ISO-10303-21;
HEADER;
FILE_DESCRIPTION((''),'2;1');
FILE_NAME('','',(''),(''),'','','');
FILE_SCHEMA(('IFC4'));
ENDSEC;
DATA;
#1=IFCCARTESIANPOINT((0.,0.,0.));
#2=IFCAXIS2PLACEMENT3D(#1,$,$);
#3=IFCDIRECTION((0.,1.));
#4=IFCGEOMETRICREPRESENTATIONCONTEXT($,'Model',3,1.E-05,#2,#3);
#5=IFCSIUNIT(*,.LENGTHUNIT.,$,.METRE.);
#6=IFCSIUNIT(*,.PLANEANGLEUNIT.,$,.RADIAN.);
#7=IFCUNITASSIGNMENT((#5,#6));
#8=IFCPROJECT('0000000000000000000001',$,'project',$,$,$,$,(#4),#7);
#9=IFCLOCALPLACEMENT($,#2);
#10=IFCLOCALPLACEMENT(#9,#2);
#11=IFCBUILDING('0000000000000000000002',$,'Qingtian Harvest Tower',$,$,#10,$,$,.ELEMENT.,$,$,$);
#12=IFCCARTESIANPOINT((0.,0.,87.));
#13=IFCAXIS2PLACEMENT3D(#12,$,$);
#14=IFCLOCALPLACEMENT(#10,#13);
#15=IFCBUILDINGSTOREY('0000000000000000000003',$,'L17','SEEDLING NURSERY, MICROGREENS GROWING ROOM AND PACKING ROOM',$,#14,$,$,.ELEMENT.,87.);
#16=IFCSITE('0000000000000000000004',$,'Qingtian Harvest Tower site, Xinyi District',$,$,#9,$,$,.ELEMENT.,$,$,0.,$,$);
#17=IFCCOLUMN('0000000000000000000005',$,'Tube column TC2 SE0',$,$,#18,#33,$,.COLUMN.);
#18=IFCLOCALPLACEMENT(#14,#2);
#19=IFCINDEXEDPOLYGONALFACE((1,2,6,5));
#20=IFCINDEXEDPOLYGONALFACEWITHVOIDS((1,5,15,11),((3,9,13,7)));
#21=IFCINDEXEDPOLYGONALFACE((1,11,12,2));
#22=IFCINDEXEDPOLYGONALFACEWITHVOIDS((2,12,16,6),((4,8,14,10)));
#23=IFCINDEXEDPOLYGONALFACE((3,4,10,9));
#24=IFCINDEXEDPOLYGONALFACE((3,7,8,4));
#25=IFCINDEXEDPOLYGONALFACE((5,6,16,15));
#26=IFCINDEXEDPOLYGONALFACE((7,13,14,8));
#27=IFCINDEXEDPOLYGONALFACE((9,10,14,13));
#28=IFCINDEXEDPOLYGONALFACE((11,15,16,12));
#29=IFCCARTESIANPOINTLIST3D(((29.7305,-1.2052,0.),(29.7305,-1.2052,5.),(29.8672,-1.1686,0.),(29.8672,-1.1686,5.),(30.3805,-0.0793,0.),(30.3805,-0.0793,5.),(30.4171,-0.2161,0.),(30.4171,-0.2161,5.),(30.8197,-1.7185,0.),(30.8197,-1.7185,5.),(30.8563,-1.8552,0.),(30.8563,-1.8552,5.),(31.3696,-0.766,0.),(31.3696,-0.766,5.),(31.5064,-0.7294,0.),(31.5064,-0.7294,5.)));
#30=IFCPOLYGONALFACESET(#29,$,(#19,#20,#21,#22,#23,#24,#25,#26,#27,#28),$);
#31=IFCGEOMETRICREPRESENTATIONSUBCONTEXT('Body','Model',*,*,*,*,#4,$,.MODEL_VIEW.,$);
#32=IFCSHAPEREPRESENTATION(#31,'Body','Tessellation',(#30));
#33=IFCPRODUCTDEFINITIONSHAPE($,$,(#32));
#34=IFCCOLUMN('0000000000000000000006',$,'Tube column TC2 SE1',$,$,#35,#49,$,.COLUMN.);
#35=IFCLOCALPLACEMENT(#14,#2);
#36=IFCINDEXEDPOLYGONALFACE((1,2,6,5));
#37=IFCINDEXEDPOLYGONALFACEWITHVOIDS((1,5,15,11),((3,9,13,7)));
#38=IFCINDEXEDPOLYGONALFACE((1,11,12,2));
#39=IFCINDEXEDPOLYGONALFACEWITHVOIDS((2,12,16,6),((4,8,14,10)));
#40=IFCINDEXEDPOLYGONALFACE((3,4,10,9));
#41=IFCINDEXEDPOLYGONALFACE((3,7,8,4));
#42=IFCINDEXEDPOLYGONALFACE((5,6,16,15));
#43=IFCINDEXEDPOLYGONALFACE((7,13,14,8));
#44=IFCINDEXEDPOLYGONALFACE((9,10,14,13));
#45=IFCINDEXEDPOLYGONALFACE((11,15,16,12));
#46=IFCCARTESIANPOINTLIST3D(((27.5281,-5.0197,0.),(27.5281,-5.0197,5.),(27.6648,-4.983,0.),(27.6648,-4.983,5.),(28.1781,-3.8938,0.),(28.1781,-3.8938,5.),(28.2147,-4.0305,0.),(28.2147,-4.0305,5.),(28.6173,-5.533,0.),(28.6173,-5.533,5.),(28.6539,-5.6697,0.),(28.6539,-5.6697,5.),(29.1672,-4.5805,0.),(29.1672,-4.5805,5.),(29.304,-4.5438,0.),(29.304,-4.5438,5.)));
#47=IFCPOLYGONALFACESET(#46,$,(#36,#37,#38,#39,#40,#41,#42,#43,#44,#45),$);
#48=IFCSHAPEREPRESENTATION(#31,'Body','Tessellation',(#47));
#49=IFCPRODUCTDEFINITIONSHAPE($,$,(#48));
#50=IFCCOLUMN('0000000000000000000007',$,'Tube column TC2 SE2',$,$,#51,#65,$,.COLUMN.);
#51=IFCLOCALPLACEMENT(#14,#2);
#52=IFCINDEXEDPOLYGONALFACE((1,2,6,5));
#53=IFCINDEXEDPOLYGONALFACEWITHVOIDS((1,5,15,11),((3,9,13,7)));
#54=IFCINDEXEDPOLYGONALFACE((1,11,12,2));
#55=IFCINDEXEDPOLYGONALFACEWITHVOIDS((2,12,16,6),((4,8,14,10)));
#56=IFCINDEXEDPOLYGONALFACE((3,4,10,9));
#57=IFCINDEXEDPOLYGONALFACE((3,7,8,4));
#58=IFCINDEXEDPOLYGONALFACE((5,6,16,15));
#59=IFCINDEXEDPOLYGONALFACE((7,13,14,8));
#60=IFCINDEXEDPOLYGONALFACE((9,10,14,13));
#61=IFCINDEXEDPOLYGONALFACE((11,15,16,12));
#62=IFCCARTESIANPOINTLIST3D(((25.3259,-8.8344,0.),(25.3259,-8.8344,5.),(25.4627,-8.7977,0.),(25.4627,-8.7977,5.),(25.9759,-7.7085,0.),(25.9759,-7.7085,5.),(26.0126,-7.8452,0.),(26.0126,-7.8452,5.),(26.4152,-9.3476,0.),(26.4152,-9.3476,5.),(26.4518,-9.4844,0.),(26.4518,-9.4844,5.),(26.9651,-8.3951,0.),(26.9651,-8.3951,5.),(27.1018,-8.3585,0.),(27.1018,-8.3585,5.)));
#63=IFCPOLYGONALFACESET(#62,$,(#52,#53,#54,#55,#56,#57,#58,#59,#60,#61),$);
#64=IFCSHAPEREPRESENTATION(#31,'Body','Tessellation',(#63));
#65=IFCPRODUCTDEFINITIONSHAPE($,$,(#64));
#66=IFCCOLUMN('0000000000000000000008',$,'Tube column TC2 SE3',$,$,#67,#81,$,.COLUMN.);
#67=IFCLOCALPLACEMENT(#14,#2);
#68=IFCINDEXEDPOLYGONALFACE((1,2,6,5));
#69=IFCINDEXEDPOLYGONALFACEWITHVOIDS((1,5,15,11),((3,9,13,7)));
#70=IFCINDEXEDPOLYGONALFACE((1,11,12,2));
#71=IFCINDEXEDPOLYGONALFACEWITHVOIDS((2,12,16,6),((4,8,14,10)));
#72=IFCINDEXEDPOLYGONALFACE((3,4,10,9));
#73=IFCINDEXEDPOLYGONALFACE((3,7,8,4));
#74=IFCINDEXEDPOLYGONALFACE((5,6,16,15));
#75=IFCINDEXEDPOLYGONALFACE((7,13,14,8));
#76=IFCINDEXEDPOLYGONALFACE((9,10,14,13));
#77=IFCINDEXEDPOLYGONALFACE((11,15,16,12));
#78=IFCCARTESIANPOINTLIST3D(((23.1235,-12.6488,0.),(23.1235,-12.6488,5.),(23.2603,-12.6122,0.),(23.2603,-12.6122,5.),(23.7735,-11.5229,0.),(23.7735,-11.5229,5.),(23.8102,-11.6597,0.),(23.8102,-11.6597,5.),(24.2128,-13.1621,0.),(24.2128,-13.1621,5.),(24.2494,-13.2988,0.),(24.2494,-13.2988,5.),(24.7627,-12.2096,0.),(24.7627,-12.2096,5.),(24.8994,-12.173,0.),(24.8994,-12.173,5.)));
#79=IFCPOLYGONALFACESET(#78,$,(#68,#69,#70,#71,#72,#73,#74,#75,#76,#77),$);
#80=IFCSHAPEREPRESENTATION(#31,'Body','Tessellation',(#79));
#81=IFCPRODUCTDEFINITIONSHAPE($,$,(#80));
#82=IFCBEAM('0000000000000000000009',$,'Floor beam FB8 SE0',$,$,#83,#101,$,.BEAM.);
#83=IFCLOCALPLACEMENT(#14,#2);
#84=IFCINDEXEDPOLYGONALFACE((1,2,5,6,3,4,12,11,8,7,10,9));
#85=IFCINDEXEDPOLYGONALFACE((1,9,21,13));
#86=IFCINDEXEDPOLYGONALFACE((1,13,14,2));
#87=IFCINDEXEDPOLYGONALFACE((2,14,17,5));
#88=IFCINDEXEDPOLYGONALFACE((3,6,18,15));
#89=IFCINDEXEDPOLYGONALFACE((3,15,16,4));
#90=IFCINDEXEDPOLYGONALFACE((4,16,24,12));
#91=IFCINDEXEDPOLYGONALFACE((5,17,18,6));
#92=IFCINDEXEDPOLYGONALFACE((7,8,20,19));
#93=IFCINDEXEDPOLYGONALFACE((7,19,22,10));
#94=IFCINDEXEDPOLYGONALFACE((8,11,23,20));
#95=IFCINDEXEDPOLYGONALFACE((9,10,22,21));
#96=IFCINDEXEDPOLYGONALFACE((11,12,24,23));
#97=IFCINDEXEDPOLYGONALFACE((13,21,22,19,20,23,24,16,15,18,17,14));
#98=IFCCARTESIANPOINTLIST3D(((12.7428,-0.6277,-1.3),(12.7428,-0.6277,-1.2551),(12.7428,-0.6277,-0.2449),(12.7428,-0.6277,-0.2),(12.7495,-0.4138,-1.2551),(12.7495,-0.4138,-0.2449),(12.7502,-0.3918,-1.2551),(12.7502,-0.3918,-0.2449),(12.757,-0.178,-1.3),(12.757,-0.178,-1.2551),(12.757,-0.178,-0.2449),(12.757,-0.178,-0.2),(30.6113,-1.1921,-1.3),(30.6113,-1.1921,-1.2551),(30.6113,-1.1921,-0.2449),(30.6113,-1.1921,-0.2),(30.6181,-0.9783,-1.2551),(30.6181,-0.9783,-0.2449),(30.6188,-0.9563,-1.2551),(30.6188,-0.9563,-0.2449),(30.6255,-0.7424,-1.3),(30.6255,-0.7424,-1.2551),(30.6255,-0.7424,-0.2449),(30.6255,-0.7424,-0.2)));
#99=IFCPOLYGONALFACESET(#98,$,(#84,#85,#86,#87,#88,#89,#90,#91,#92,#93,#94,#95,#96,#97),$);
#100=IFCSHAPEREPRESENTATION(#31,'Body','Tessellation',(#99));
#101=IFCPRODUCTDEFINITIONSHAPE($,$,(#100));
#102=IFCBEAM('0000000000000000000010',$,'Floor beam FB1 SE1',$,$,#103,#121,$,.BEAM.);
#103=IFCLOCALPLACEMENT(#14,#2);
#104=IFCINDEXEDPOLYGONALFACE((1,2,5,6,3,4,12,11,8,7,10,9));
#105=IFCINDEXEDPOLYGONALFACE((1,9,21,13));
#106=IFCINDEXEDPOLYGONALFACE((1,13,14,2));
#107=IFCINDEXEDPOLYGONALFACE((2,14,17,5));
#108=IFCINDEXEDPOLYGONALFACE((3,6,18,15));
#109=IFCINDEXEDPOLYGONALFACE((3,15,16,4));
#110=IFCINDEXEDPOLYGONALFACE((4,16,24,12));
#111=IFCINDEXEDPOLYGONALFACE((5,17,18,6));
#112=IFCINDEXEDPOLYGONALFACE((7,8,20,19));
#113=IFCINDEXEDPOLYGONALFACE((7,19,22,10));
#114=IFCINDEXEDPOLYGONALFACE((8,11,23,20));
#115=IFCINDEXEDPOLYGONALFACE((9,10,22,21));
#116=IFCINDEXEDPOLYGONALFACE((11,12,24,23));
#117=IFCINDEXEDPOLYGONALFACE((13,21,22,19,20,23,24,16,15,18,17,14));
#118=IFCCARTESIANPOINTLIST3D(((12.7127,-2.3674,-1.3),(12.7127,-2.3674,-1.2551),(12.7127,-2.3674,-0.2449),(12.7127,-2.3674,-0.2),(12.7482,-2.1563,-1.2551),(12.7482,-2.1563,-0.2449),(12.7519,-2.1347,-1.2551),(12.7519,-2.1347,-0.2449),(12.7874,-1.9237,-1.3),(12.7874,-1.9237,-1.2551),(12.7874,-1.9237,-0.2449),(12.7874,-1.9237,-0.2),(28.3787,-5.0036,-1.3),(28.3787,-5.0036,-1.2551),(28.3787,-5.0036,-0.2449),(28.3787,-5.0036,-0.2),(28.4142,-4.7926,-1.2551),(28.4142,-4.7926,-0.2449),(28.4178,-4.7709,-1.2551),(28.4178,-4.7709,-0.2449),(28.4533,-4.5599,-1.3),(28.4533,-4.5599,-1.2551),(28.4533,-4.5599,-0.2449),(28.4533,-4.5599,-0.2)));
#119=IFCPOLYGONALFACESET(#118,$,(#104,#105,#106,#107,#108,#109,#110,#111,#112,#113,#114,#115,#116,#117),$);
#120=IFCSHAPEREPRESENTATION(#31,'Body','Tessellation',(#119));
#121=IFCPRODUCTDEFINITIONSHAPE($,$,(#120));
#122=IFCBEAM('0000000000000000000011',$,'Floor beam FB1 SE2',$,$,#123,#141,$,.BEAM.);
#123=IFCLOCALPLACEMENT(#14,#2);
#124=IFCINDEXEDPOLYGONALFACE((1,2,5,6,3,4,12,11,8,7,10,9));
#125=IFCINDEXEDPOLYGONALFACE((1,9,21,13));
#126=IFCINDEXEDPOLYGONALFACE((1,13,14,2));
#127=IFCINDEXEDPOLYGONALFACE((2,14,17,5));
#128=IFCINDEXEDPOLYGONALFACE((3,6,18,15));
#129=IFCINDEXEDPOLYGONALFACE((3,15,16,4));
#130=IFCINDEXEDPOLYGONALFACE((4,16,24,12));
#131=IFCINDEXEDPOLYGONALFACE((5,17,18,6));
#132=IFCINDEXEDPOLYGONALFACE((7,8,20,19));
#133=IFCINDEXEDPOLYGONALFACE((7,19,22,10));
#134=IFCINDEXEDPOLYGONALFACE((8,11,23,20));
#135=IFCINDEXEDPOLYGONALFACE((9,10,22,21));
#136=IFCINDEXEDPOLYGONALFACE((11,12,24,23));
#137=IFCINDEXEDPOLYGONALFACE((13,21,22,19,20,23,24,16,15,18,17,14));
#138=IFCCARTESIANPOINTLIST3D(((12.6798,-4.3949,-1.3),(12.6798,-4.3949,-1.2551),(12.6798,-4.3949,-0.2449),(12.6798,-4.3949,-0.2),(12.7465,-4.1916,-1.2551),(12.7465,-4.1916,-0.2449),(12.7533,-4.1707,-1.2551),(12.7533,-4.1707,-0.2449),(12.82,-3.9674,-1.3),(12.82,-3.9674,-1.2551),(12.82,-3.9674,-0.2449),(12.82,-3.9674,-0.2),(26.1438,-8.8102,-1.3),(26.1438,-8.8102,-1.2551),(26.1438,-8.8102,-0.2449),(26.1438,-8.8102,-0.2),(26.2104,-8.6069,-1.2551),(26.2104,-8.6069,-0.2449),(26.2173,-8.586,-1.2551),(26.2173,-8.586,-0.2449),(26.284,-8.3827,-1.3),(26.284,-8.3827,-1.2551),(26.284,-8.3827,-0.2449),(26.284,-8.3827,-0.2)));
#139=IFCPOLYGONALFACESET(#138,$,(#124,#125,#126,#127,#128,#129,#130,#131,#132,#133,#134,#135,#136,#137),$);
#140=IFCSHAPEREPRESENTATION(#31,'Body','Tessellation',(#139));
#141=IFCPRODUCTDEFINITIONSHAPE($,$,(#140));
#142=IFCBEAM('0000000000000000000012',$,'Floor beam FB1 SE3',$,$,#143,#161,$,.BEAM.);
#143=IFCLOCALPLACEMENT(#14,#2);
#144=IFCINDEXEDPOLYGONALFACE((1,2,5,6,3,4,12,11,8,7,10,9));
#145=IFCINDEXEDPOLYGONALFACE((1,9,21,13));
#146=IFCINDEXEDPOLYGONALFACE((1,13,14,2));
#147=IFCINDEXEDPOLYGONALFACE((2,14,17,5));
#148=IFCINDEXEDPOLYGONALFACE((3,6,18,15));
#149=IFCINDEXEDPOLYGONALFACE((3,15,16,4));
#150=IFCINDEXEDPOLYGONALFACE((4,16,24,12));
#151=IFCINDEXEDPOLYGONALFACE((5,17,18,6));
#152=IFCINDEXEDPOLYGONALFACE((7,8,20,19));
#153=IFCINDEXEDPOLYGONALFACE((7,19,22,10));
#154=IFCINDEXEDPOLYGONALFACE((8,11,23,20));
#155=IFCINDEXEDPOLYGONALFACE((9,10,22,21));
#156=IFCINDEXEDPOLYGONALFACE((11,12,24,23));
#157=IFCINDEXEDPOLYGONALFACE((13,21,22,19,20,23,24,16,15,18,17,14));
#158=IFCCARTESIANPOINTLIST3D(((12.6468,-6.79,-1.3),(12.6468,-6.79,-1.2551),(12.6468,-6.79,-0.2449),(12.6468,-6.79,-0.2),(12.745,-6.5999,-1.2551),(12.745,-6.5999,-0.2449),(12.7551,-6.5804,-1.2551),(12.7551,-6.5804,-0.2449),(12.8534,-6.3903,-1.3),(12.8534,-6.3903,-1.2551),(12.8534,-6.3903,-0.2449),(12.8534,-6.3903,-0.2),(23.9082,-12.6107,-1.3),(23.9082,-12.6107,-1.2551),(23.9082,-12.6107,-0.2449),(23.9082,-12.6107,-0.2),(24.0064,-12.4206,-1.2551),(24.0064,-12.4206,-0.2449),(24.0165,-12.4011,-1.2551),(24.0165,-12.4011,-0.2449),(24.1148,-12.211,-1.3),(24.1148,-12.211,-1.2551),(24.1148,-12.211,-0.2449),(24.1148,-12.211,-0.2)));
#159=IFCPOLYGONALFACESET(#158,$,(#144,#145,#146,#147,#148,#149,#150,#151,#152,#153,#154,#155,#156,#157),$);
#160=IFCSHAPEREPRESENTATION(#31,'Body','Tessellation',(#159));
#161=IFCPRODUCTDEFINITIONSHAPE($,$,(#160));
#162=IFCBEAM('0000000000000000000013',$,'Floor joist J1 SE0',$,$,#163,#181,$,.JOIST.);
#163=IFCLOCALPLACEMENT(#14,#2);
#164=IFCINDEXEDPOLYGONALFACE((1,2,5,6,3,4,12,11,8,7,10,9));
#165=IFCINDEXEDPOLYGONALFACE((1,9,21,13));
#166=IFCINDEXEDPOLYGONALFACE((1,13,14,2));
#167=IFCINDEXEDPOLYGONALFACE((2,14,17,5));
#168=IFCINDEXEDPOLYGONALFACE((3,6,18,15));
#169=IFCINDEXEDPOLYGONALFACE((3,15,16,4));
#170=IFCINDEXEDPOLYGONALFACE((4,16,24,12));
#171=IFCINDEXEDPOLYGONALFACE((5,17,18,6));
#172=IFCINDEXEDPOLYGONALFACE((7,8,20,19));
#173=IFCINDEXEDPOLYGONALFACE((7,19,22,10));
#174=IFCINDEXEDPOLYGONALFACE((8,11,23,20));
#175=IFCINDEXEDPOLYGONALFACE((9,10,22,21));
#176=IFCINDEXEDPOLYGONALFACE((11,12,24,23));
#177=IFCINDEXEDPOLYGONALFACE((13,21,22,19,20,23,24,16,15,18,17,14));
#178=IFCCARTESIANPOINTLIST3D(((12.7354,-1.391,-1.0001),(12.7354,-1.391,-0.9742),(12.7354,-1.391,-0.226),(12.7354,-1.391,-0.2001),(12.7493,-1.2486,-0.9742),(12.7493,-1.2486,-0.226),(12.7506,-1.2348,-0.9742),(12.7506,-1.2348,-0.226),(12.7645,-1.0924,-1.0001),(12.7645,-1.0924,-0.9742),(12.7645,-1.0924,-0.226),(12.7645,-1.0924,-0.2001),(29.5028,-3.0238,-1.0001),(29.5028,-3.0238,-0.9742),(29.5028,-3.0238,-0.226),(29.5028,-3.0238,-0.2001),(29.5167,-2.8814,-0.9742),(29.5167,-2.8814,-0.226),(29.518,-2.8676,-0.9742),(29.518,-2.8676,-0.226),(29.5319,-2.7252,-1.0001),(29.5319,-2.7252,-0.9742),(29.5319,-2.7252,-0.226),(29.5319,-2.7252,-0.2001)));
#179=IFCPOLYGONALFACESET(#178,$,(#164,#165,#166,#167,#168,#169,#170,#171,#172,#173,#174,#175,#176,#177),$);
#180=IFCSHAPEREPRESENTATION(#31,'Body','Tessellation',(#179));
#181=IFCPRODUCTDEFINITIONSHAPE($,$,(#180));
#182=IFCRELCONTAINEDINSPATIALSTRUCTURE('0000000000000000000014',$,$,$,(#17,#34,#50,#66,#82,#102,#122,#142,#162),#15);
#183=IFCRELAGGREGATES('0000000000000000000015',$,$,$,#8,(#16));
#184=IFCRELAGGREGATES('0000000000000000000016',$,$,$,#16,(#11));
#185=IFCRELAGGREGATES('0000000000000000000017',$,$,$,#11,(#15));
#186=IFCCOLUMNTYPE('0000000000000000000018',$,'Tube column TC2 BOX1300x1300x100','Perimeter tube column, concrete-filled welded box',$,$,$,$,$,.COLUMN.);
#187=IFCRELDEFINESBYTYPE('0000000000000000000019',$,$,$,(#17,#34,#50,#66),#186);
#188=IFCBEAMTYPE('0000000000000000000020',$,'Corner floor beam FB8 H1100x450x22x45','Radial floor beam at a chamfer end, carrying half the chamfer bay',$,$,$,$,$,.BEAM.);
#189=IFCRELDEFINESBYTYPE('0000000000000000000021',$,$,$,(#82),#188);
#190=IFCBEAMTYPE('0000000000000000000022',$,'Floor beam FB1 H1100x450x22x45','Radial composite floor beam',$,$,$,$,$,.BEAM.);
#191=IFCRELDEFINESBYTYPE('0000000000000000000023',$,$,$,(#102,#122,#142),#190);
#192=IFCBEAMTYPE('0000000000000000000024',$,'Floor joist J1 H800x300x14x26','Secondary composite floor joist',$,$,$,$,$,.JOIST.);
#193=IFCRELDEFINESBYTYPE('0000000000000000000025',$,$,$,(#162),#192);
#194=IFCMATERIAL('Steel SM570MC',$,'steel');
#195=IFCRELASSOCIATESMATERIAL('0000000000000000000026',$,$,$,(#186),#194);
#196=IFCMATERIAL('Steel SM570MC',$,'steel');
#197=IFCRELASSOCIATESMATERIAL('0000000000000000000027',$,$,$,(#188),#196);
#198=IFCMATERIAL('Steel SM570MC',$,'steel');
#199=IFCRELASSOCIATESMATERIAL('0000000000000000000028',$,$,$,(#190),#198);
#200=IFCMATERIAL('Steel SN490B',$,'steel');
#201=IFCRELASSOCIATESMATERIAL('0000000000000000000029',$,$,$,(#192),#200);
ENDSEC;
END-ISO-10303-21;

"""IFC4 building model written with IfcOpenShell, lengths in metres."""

from ifc_helpers import new_model, si_unit, direction, frame, origin, origin_2d, place, context, subcontext, project, spatial, hollow_rectangle, i_section, extrude, material, material_profile, profile_set, type_object, element, save


model = new_model("IFC4")

# Units and contexts
model_context = context("Model", 3, precision=1e-05, world=origin(), true_north=direction((0.0, 1.0)))
body_context = subcontext(model_context, "Body", "Model", "MODEL_VIEW")
ifc_project = project(units=[si_unit("LENGTHUNIT", "METRE"), si_unit("PLANEANGLEUNIT", "RADIAN")], contexts=[model_context])

# Site, building, storey
site_placement = place(None, origin())
site = spatial("IfcSite", under=ifc_project, at=site_placement, Name="Qingtian Harvest Tower site, Xinyi District", CompositionType="ELEMENT", RefElevation=0.0)
building_placement = place(site_placement, origin())
building = spatial("IfcBuilding", under=site, at=building_placement, Name="Qingtian Harvest Tower", CompositionType="ELEMENT")
storey_placement = place(building_placement, frame((0.0, 0.0, 87.0)))
storey = spatial("IfcBuildingStorey", under=building, at=storey_placement, Name="L17", Description="SEEDLING NURSERY, MICROGREENS GROWING ROOM AND PACKING ROOM", CompositionType="ELEMENT", Elevation=87.0)

# Columns
ifc_material_1 = material(Name="Steel SM570MC", Category="steel")
ifc_material_profile_1 = material_profile(ifc_material_1, hollow_rectangle(XDim=1.3, YDim=1.3, WallThickness=0.1001, at=origin_2d()), Name="BOX1300x1300x100")
ifc_profile_set_1 = profile_set([ifc_material_profile_1], Name="Steel SM570MC")
column_type = type_object("IfcColumnType", Name="Tube column TC2 BOX1300x1300x100", Description="Perimeter tube column, concrete-filled welded box", PredefinedType="COLUMN", material=ifc_profile_set_1)
for number, where, z_axis, x_axis, name in (
    (1, (30.6184, -0.9673, 0.0), (0.0, 0.0, 1.0), (0.5, 0.866025, 0.0), "Tube column TC2 SE0"),
    (2, (28.416, -4.7817, 0.0), (0.0, 0.0, 1.0), (0.5, 0.866025, 0.0), "Tube column TC2 SE1"),
    (3, (26.2139, -8.5964, 0.0), (0.0, 0.0, 1.0), (0.5, 0.866025, 0.0), "Tube column TC2 SE2"),
    (4, (24.0115, -12.4109, 0.0), (0.0, 0.0, 1.0), (0.5, 0.866025, 0.0), "Tube column TC2 SE3"),
):
    element("IfcColumn", number, at=place(storey_placement, frame(where, z_axis=z_axis, x_axis=x_axis)), inside=storey, type_object=column_type, Name=name, PredefinedType="COLUMN", context=body_context, shape_type="SweptSolid", body=[
        extrude(hollow_rectangle(XDim=1.3, YDim=1.3, WallThickness=0.1001, at=origin_2d()), origin(), (0.0, 0.0, 1.0), 5.0),
    ])

# Beams
ifc_material_2 = material(Name="Steel SM570MC", Category="steel")
ifc_material_profile_2 = material_profile(ifc_material_2, i_section(OverallWidth=0.45, OverallDepth=1.1001, WebThickness=0.022, FlangeThickness=0.0449, at=origin_2d()), Name="H1100x450x22x45")
ifc_profile_set_2 = profile_set([ifc_material_profile_2], Name="Steel SM570MC")
beam_type_1 = type_object("IfcBeamType", Name="Corner floor beam FB8 H1100x450x22x45", Description="Radial floor beam at a chamfer end, carrying half the chamfer bay", PredefinedType="BEAM", material=ifc_profile_set_2)
beam_1_placement = place(storey_placement, frame((30.6184, -0.9673, -0.75), z_axis=(-0.999501, 0.031574, 0.0), x_axis=(-0.031574, -0.999501, 0.0)))
element("IfcBeam", 5, at=beam_1_placement, inside=storey, type_object=beam_type_1, Name="Floor beam FB8 SE0", PredefinedType="BEAM", context=body_context, shape_type="SweptSolid", body=[
    extrude(i_section(OverallWidth=0.45, OverallDepth=1.1001, WebThickness=0.022, FlangeThickness=0.0449, at=origin_2d()), origin(), (0.0, 0.0, 1.0), 17.8774),
])
ifc_material_3 = material(Name="Steel SM570MC", Category="steel")
ifc_material_profile_3 = material_profile(ifc_material_3, i_section(OverallWidth=0.45, OverallDepth=1.1001, WebThickness=0.022, FlangeThickness=0.0449, at=origin_2d()), Name="H1100x450x22x45")
ifc_profile_set_3 = profile_set([ifc_material_profile_3], Name="Steel SM570MC")
beam_type_2 = type_object("IfcBeamType", Name="Floor beam FB1 H1100x450x22x45", Description="Radial composite floor beam", PredefinedType="BEAM", material=ifc_profile_set_3)
beam_2_placement = place(storey_placement, frame((28.416, -4.7817, -0.75), z_axis=(-0.986135, 0.165944, 0.0), x_axis=(-0.165944, -0.986135, 0.0)))
element("IfcBeam", 6, at=beam_2_placement, inside=storey, type_object=beam_type_2, Name="Floor beam FB1 SE1", PredefinedType="BEAM", context=body_context, shape_type="SweptSolid", body=[
    extrude(i_section(OverallWidth=0.45, OverallDepth=1.1001, WebThickness=0.022, FlangeThickness=0.0449, at=origin_2d()), origin(), (0.0, 0.0, 1.0), 15.8862),
])
beam_3_placement = place(storey_placement, frame((26.2139, -8.5964, -0.75), z_axis=(-0.950211, 0.311608, 0.0), x_axis=(-0.311608, -0.950211, 0.0)))
element("IfcBeam", 7, at=beam_3_placement, inside=storey, type_object=beam_type_2, Name="Floor beam FB1 SE2", PredefinedType="BEAM", context=body_context, shape_type="SweptSolid", body=[
    extrude(i_section(OverallWidth=0.45, OverallDepth=1.1001, WebThickness=0.022, FlangeThickness=0.0449, at=origin_2d()), origin(), (0.0, 0.0, 1.0), 14.1694),
])
beam_4_placement = place(storey_placement, frame((24.0115, -12.4109, -0.75), z_axis=(-0.88835, 0.459168, 0.0), x_axis=(-0.459168, -0.88835, 0.0)))
element("IfcBeam", 8, at=beam_4_placement, inside=storey, type_object=beam_type_2, Name="Floor beam FB1 SE3", PredefinedType="BEAM", context=body_context, shape_type="SweptSolid", body=[
    extrude(i_section(OverallWidth=0.45, OverallDepth=1.1001, WebThickness=0.022, FlangeThickness=0.0449, at=origin_2d()), origin(), (0.0, 0.0, 1.0), 12.6768),
])
ifc_material_4 = material(Name="Steel SN490B", Category="steel")
ifc_material_profile_4 = material_profile(ifc_material_4, i_section(OverallWidth=0.3, OverallDepth=0.8, WebThickness=0.0139, FlangeThickness=0.0259, at=origin_2d()), Name="H800x300x14x26")
ifc_profile_set_4 = profile_set([ifc_material_profile_4], Name="Steel SN490B")
beam_type_3 = type_object("IfcBeamType", Name="Floor joist J1 H800x300x14x26", Description="Secondary composite floor joist", PredefinedType="JOIST", material=ifc_profile_set_4)
beam_5_placement = place(storey_placement, frame((29.5173, -2.8745, -0.6001), z_axis=(-0.995292, 0.096922, 0.0), x_axis=(-0.096922, -0.995292, 0.0)))
element("IfcBeam", 9, at=beam_5_placement, inside=storey, type_object=beam_type_3, Name="Floor joist J1 SE0", PredefinedType="JOIST", context=body_context, shape_type="SweptSolid", body=[
    extrude(i_section(OverallWidth=0.3, OverallDepth=0.8, WebThickness=0.0139, FlangeThickness=0.0259, at=origin_2d()), origin(), (0.0, 0.0, 1.0), 16.8467),
])

save(model, "model.ifc")
